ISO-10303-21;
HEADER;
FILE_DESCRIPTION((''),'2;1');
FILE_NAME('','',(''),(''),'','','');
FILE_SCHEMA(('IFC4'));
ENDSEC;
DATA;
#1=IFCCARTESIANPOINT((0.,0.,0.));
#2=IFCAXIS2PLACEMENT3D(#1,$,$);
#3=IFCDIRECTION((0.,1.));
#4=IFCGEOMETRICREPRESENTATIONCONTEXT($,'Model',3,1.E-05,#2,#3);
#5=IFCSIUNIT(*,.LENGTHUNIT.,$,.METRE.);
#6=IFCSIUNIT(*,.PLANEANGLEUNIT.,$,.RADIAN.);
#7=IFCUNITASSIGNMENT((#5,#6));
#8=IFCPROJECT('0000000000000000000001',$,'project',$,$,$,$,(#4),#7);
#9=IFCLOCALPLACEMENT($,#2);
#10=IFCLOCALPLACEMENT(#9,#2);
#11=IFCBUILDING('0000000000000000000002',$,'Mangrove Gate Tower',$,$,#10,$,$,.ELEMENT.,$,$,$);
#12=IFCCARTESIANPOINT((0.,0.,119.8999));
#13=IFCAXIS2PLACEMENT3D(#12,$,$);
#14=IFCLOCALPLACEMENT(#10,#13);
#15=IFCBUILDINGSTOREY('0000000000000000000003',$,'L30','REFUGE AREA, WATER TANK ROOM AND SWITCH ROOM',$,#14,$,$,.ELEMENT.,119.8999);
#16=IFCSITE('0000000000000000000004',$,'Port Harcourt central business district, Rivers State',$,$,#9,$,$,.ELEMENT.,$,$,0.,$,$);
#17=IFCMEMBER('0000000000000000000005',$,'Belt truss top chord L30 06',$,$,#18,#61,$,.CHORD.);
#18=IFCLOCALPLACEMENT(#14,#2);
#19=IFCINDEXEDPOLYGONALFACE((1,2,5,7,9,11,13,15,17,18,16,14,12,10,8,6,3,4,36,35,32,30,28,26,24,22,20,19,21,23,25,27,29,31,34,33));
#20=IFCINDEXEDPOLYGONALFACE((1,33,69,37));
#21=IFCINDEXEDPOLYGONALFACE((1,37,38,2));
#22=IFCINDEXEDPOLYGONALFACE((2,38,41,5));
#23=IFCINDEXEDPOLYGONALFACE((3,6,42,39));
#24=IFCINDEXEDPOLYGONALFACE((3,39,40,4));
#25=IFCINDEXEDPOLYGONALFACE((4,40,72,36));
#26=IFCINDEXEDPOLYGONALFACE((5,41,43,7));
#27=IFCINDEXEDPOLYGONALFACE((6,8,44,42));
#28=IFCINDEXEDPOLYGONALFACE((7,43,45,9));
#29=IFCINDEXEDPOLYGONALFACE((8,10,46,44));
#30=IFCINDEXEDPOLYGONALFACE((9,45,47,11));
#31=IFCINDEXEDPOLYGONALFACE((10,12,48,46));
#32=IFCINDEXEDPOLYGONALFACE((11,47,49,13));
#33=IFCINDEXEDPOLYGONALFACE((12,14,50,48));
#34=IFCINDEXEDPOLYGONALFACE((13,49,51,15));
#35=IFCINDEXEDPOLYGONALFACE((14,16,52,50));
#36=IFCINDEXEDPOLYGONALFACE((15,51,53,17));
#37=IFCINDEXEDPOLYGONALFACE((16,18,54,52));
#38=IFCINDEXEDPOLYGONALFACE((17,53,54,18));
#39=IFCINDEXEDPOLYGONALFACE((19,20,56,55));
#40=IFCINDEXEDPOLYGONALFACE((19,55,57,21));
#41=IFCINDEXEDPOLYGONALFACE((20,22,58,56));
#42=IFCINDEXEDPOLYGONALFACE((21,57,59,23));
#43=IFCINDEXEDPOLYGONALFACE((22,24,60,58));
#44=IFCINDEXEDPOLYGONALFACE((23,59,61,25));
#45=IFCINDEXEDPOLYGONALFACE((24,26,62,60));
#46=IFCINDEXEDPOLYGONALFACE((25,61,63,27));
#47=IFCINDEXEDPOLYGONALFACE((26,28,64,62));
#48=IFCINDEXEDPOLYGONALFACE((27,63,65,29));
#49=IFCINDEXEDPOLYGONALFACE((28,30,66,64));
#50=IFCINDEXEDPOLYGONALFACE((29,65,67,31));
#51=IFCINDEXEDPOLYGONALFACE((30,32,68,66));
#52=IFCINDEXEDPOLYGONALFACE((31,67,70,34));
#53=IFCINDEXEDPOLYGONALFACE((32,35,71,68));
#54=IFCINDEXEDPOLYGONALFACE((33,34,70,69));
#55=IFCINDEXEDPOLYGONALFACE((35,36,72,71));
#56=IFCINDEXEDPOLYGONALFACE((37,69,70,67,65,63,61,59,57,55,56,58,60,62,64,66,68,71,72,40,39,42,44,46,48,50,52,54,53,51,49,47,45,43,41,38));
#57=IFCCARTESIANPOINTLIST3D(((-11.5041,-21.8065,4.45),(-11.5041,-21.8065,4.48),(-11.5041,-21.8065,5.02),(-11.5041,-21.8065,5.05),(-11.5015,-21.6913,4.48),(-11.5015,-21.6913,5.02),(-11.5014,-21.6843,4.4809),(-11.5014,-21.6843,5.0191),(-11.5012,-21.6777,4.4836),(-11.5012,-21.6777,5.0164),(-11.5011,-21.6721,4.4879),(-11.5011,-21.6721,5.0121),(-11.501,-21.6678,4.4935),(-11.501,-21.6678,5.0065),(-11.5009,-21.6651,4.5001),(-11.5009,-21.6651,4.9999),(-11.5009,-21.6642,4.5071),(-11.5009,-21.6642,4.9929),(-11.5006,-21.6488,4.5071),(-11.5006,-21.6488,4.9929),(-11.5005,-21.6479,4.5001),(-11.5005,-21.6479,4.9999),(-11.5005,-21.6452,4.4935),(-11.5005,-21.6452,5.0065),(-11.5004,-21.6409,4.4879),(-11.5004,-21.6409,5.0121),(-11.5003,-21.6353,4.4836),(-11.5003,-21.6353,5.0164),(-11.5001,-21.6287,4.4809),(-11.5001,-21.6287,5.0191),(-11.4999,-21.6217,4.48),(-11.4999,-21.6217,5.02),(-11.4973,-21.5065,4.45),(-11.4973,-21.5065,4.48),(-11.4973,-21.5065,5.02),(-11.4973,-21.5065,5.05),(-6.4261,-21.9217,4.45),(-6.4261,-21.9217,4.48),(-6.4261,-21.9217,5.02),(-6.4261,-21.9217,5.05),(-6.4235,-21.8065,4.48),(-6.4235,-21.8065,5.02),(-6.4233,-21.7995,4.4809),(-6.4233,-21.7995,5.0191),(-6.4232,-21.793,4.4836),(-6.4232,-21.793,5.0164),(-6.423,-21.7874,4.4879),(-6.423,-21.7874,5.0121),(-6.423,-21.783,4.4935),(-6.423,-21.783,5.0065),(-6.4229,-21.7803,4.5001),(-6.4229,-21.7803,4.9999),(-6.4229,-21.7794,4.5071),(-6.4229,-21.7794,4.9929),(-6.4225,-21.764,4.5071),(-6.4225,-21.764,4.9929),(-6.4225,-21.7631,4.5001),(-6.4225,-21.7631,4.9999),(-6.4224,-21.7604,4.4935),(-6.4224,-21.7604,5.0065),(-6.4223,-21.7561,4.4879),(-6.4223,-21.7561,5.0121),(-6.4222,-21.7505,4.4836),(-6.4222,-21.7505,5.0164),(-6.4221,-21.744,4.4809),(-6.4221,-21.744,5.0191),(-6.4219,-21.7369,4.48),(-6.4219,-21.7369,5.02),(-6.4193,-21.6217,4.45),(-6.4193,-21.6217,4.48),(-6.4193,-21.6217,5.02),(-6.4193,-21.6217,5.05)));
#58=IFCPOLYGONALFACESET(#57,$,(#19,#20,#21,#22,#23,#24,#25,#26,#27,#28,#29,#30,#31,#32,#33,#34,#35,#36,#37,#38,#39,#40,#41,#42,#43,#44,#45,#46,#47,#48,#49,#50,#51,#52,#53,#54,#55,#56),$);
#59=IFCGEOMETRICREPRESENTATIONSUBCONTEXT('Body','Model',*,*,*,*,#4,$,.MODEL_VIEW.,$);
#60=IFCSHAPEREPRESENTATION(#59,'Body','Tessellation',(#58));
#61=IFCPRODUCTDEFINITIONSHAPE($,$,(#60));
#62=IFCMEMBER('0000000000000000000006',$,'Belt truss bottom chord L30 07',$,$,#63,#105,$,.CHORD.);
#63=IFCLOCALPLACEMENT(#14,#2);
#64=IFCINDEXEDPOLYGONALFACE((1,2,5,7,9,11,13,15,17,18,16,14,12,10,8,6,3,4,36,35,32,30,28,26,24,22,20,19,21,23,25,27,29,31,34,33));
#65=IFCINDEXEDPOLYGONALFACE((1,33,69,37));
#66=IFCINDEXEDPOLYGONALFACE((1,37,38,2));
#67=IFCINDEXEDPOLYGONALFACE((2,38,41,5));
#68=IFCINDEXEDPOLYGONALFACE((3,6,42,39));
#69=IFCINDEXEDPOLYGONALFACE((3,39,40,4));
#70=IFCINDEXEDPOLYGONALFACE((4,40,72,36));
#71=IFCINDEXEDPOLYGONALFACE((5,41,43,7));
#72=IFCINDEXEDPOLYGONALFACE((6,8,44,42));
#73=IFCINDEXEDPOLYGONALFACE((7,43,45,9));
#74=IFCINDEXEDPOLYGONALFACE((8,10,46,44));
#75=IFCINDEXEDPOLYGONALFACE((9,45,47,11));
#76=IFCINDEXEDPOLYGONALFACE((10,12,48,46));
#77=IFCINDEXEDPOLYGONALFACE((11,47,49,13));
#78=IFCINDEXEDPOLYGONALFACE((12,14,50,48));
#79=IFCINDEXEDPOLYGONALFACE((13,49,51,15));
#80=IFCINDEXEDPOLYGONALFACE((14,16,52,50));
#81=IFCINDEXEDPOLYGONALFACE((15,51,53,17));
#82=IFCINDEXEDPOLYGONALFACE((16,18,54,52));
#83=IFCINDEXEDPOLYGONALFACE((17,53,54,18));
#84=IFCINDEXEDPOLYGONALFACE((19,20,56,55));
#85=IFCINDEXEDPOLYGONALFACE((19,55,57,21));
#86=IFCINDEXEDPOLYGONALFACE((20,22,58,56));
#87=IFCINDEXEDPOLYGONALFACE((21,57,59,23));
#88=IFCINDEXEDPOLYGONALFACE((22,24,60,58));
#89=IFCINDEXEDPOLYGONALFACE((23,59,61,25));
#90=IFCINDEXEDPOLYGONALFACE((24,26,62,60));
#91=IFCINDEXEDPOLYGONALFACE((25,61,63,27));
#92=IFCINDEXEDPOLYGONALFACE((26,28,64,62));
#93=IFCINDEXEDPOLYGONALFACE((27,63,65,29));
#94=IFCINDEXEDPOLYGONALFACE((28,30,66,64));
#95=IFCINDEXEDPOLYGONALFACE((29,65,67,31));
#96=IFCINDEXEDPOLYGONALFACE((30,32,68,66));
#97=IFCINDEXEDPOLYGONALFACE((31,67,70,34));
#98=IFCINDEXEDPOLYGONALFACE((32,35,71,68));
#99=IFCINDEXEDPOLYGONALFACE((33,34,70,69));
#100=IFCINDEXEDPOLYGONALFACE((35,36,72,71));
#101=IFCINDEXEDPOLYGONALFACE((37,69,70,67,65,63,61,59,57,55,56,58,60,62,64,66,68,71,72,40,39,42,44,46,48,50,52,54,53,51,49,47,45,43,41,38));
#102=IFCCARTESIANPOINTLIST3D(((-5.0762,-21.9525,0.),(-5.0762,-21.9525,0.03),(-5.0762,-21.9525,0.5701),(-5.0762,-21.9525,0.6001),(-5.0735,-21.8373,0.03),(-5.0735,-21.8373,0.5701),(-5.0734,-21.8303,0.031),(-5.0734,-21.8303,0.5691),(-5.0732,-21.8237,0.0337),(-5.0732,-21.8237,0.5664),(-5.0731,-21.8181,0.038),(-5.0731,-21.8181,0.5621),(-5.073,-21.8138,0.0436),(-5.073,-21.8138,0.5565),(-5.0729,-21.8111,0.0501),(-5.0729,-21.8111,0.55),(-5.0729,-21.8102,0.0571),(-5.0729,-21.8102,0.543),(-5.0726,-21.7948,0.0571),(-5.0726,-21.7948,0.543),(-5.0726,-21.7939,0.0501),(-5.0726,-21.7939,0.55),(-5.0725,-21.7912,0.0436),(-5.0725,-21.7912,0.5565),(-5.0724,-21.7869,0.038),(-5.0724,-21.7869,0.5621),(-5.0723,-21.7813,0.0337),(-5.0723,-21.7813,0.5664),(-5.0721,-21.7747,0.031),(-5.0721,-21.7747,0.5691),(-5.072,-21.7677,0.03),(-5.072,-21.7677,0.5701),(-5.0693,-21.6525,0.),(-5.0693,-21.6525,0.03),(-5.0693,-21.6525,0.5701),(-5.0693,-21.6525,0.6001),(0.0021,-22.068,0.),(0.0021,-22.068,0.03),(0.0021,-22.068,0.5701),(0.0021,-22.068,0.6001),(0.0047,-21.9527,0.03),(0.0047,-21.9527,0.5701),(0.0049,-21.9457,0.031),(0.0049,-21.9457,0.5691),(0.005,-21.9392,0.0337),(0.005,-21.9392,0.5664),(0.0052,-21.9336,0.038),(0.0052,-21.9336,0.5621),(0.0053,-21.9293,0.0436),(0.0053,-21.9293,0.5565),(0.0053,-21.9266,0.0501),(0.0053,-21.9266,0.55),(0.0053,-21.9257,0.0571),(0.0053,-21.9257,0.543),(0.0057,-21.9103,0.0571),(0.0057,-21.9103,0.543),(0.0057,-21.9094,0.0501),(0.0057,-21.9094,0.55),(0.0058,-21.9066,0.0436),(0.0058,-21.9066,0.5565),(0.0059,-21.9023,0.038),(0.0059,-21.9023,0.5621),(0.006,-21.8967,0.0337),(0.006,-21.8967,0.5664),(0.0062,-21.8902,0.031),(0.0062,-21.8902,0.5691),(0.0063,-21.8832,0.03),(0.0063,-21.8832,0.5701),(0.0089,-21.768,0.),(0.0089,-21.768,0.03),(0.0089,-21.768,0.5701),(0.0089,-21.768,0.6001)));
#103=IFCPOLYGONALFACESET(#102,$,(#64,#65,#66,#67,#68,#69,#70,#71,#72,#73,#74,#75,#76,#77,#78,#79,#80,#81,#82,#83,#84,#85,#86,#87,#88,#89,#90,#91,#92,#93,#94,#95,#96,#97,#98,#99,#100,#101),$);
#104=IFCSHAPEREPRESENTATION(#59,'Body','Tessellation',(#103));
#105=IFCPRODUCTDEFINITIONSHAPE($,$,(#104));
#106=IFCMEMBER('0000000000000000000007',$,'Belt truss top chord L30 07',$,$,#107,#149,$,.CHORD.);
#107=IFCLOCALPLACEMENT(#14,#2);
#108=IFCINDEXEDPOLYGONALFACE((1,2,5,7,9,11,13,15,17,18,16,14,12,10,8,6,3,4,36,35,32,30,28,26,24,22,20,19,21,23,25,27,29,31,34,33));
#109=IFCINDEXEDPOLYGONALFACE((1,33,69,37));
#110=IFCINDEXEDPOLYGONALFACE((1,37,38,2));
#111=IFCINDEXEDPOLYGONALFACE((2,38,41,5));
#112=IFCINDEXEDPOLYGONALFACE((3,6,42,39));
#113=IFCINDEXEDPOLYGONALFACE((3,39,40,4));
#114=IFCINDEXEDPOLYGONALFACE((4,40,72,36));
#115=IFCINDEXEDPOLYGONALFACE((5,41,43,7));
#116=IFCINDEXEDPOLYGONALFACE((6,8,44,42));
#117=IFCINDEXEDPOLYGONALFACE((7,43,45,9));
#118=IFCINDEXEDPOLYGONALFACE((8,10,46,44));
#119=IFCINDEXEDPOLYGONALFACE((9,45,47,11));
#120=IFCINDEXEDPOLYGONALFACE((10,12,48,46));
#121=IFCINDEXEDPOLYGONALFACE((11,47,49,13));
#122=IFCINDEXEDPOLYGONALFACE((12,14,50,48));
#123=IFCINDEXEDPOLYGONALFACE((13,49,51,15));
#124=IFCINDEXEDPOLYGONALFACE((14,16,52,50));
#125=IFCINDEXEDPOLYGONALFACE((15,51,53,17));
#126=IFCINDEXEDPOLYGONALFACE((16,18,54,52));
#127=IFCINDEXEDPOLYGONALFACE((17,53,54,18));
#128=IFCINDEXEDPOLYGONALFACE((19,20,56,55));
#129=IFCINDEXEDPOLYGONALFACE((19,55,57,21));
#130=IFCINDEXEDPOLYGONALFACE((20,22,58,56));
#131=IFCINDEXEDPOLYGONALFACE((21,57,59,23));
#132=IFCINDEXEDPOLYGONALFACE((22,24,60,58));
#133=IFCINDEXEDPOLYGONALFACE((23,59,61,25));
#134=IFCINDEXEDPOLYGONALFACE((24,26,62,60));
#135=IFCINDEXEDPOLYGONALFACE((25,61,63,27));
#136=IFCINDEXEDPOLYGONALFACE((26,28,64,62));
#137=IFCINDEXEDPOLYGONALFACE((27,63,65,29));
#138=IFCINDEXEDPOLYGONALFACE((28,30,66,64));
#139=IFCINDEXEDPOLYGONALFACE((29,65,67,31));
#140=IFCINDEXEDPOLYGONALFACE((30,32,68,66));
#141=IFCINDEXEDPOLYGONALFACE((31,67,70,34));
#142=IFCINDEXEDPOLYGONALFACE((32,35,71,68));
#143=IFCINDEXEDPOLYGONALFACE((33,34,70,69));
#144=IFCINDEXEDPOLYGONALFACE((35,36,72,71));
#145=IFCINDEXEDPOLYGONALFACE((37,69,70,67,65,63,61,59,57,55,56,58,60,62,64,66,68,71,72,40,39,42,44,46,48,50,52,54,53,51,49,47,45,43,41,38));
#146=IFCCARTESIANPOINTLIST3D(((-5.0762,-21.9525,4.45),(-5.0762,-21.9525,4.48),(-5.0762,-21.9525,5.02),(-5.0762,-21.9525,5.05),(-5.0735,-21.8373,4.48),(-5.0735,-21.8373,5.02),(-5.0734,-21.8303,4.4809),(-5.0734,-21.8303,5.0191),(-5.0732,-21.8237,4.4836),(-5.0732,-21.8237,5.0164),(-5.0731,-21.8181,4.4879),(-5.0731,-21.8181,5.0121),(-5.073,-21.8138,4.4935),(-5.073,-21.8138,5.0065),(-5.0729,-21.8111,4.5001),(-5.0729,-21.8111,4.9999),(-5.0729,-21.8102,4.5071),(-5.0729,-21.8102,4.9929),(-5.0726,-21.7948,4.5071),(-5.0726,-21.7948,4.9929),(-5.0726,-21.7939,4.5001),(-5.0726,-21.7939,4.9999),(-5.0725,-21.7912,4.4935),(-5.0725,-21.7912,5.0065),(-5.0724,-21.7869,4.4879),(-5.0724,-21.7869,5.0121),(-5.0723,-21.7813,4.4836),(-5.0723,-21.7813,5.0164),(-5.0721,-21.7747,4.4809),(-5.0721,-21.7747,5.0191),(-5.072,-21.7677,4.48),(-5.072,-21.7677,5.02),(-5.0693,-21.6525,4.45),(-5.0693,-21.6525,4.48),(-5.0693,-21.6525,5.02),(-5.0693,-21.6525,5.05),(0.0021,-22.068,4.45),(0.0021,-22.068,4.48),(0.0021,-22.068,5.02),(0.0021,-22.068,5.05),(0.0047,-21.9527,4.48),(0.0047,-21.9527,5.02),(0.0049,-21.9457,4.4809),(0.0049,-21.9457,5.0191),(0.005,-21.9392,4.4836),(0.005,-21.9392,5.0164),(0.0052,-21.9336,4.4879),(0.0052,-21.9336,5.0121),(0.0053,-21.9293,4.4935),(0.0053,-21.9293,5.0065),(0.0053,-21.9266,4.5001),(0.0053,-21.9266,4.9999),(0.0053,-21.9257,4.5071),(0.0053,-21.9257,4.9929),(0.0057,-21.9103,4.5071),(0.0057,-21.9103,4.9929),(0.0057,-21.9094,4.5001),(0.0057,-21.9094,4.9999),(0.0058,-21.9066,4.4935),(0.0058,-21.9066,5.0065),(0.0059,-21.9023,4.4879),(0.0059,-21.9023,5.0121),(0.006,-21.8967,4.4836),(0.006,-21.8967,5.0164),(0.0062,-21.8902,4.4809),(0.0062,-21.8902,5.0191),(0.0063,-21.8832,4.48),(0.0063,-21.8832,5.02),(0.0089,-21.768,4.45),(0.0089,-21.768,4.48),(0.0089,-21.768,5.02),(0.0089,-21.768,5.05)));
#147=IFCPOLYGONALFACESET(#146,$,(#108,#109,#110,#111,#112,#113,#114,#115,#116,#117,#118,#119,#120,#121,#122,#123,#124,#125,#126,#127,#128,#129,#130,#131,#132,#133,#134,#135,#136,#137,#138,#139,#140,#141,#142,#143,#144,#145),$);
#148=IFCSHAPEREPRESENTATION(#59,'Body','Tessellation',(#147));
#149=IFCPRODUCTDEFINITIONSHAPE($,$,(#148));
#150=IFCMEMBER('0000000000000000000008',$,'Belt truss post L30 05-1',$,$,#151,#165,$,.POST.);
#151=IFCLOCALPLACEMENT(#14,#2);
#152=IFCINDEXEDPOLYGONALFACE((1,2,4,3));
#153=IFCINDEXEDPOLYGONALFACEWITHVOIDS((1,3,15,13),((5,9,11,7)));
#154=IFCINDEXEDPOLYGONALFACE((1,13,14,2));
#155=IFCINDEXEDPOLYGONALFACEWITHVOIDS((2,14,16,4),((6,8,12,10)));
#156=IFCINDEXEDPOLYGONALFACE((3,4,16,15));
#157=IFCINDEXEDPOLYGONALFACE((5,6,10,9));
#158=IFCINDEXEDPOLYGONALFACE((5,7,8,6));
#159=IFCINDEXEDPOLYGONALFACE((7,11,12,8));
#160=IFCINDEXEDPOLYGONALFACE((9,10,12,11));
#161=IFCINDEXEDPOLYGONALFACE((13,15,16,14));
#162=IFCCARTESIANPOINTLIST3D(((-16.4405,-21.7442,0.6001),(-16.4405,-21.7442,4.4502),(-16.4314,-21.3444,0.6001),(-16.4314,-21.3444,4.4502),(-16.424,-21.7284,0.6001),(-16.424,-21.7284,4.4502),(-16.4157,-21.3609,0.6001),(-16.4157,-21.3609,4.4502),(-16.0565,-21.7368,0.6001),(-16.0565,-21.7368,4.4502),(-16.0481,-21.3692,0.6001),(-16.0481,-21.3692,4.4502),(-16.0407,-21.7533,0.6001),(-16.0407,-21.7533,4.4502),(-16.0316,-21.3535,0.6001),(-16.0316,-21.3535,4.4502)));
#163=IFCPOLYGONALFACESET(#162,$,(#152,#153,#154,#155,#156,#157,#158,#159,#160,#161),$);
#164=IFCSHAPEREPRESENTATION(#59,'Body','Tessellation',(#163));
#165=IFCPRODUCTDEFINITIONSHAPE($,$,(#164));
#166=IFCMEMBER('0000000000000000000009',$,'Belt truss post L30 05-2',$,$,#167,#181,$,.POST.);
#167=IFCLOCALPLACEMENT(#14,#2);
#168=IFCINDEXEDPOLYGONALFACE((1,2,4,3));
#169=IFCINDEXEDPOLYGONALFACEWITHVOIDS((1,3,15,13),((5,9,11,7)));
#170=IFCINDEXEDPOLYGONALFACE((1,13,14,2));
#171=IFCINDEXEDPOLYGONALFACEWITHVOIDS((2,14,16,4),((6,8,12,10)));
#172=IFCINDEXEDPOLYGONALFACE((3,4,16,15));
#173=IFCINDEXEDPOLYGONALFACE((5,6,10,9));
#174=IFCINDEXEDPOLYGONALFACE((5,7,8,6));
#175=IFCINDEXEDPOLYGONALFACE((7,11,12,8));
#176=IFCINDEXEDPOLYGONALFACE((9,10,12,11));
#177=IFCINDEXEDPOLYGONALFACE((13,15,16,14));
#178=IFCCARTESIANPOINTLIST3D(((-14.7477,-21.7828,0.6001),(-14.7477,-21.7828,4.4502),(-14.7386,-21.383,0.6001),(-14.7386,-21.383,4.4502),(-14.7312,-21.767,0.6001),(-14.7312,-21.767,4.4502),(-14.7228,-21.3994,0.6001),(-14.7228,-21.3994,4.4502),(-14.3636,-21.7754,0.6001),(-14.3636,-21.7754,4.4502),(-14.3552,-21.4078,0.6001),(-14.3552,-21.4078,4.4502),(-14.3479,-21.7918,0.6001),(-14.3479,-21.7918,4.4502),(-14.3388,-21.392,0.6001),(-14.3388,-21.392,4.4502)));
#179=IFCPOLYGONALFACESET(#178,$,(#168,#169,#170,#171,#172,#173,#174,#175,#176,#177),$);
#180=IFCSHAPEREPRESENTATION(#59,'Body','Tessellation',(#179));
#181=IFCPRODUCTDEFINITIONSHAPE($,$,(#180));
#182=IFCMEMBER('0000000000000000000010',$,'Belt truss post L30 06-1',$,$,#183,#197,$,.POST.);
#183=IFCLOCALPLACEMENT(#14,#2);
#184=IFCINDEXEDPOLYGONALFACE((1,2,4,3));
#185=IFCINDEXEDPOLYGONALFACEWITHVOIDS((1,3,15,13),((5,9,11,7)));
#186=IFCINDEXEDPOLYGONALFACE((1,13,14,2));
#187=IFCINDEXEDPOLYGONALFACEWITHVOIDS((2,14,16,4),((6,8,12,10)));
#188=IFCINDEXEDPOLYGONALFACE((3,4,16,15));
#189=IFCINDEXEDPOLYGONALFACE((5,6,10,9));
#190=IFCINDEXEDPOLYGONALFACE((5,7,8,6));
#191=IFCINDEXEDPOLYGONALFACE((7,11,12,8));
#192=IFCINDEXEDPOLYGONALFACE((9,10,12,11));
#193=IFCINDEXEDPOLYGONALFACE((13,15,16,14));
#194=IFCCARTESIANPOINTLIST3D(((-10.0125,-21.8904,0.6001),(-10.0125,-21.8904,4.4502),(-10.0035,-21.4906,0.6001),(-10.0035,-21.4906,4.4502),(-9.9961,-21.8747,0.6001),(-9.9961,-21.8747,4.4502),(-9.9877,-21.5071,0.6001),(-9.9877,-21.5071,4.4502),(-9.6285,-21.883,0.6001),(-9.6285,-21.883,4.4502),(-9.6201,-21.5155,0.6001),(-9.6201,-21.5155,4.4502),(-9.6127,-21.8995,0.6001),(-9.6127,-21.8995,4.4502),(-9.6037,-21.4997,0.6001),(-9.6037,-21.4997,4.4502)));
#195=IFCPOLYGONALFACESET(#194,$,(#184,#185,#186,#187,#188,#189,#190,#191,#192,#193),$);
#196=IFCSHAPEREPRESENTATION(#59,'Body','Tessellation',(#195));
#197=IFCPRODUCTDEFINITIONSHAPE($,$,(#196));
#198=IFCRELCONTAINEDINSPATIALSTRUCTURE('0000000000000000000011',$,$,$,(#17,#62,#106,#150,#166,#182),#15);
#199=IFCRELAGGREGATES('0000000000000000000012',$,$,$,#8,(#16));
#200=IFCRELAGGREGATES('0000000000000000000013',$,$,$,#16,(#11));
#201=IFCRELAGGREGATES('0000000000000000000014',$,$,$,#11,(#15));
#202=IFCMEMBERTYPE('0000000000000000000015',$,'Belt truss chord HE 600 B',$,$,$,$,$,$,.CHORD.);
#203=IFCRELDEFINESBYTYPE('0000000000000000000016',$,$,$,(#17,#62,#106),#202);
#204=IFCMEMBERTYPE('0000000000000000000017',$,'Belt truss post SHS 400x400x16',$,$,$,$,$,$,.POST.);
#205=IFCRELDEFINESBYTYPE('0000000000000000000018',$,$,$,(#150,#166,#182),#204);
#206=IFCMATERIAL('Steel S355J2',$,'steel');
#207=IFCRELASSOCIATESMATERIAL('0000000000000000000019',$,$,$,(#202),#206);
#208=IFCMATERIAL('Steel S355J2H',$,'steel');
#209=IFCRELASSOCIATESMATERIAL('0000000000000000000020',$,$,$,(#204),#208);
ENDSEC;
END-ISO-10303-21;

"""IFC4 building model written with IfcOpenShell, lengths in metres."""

from ifc_helpers import new_model, si_unit, direction, frame, origin, origin_2d, place, context, subcontext, project, spatial, hollow_rectangle, i_section, extrude, material, material_profile, profile_set, type_object, element, save


model = new_model("IFC4")

# Units and contexts
model_context = context("Model", 3, precision=1e-05, world=origin(), true_north=direction((0.0, 1.0)))
body_context = subcontext(model_context, "Body", "Model", "MODEL_VIEW")
ifc_project = project(units=[si_unit("LENGTHUNIT", "METRE"), si_unit("PLANEANGLEUNIT", "RADIAN")], contexts=[model_context])

# Site, building, storey
site_placement = place(None, origin())
site = spatial("IfcSite", under=ifc_project, at=site_placement, Name="Port Harcourt central business district, Rivers State", CompositionType="ELEMENT", RefElevation=0.0)
building_placement = place(site_placement, origin())
building = spatial("IfcBuilding", under=site, at=building_placement, Name="Mangrove Gate Tower", CompositionType="ELEMENT")
storey_placement = place(building_placement, frame((0.0, 0.0, 119.8999)))
storey = spatial("IfcBuildingStorey", under=building, at=storey_placement, Name="L30", Description="REFUGE AREA, WATER TANK ROOM AND SWITCH ROOM", CompositionType="ELEMENT", Elevation=119.8999)

# Members
ifc_material_1 = material(Name="Steel S355J2", Category="steel")
ifc_material_profile_1 = material_profile(ifc_material_1, i_section(OverallWidth=0.3, OverallDepth=0.6001, WebThickness=0.0154, FlangeThickness=0.03, FilletRadius=0.0271, at=origin_2d()))
ifc_profile_set_1 = profile_set([ifc_material_profile_1], Name="Steel S355J2")
member_type_1 = type_object("IfcMemberType", Name="Belt truss chord HE 600 B", PredefinedType="CHORD", material=ifc_profile_set_1)
for number, where, z_axis, x_axis, name in (
    (1, (-11.5007, -21.6565, 4.75), (0.999743, -0.022686, 0.0), (0.022686, 0.999743, 0.0), "Belt truss top chord L30 06"),
):
    element("IfcMember", number, at=place(storey_placement, frame(where, z_axis=z_axis, x_axis=x_axis)), inside=storey, type_object=member_type_1, Name=name, PredefinedType="CHORD", context=body_context, shape_type="SweptSolid", body=[
        extrude(i_section(OverallWidth=0.3, OverallDepth=0.6001, WebThickness=0.0154, FlangeThickness=0.03, FilletRadius=0.0271, at=origin_2d()), origin(), (0.0, 0.0, 1.0), 5.0793),
    ])
for number, where, z_axis, x_axis, name in (
    (2, (-5.0728, -21.8025, 0.3), (0.999742, -0.022733, 0.0), (0.022733, 0.999742, 0.0), "Belt truss bottom chord L30 07"),
    (3, (-5.0728, -21.8025, 4.75), (0.999742, -0.022733, 0.0), (0.022733, 0.999742, 0.0), "Belt truss top chord L30 07"),
):
    element("IfcMember", number, at=place(storey_placement, frame(where, z_axis=z_axis, x_axis=x_axis)), inside=storey, type_object=member_type_1, Name=name, PredefinedType="CHORD", context=body_context, shape_type="SweptSolid", body=[
        extrude(i_section(OverallWidth=0.3, OverallDepth=0.6001, WebThickness=0.0154, FlangeThickness=0.03, FilletRadius=0.0271, at=origin_2d()), origin(), (0.0, 0.0, 1.0), 5.0796),
    ])
ifc_material_2 = material(Name="Steel S355J2H", Category="steel")
ifc_material_profile_2 = material_profile(ifc_material_2, hollow_rectangle(XDim=0.3999, YDim=0.3999, WallThickness=0.0161, at=origin_2d()))
ifc_profile_set_2 = profile_set([ifc_material_profile_2], Name="Steel S355J2H")
member_type_2 = type_object("IfcMemberType", Name="Belt truss post SHS 400x400x16", PredefinedType="POST", material=ifc_profile_set_2)
for number, where, z_axis, x_axis, name in (
    (4, (-16.2361, -21.5488, 0.6001), (0.0, 0.0, 1.0), (0.999742, -0.022707, 0.0), "Belt truss post L30 05-1"),
    (5, (-14.5432, -21.5874, 0.6001), (0.0, 0.0, 1.0), (0.999742, -0.022707, 0.0), "Belt truss post L30 05-2"),
    (6, (-9.8081, -21.6951, 0.6001), (0.0, 0.0, 1.0), (0.999742, -0.022707, 0.0), "Belt truss post L30 06-1"),
):
    element("IfcMember", number, at=place(storey_placement, frame(where, z_axis=z_axis, x_axis=x_axis)), inside=storey, type_object=member_type_2, Name=name, PredefinedType="POST", context=body_context, shape_type="SweptSolid", body=[
        extrude(hollow_rectangle(XDim=0.3999, YDim=0.3999, WallThickness=0.0161, at=origin_2d()), origin(), (0.0, 0.0, 1.0), 3.8501),
    ])

save(model, "model.ifc")
